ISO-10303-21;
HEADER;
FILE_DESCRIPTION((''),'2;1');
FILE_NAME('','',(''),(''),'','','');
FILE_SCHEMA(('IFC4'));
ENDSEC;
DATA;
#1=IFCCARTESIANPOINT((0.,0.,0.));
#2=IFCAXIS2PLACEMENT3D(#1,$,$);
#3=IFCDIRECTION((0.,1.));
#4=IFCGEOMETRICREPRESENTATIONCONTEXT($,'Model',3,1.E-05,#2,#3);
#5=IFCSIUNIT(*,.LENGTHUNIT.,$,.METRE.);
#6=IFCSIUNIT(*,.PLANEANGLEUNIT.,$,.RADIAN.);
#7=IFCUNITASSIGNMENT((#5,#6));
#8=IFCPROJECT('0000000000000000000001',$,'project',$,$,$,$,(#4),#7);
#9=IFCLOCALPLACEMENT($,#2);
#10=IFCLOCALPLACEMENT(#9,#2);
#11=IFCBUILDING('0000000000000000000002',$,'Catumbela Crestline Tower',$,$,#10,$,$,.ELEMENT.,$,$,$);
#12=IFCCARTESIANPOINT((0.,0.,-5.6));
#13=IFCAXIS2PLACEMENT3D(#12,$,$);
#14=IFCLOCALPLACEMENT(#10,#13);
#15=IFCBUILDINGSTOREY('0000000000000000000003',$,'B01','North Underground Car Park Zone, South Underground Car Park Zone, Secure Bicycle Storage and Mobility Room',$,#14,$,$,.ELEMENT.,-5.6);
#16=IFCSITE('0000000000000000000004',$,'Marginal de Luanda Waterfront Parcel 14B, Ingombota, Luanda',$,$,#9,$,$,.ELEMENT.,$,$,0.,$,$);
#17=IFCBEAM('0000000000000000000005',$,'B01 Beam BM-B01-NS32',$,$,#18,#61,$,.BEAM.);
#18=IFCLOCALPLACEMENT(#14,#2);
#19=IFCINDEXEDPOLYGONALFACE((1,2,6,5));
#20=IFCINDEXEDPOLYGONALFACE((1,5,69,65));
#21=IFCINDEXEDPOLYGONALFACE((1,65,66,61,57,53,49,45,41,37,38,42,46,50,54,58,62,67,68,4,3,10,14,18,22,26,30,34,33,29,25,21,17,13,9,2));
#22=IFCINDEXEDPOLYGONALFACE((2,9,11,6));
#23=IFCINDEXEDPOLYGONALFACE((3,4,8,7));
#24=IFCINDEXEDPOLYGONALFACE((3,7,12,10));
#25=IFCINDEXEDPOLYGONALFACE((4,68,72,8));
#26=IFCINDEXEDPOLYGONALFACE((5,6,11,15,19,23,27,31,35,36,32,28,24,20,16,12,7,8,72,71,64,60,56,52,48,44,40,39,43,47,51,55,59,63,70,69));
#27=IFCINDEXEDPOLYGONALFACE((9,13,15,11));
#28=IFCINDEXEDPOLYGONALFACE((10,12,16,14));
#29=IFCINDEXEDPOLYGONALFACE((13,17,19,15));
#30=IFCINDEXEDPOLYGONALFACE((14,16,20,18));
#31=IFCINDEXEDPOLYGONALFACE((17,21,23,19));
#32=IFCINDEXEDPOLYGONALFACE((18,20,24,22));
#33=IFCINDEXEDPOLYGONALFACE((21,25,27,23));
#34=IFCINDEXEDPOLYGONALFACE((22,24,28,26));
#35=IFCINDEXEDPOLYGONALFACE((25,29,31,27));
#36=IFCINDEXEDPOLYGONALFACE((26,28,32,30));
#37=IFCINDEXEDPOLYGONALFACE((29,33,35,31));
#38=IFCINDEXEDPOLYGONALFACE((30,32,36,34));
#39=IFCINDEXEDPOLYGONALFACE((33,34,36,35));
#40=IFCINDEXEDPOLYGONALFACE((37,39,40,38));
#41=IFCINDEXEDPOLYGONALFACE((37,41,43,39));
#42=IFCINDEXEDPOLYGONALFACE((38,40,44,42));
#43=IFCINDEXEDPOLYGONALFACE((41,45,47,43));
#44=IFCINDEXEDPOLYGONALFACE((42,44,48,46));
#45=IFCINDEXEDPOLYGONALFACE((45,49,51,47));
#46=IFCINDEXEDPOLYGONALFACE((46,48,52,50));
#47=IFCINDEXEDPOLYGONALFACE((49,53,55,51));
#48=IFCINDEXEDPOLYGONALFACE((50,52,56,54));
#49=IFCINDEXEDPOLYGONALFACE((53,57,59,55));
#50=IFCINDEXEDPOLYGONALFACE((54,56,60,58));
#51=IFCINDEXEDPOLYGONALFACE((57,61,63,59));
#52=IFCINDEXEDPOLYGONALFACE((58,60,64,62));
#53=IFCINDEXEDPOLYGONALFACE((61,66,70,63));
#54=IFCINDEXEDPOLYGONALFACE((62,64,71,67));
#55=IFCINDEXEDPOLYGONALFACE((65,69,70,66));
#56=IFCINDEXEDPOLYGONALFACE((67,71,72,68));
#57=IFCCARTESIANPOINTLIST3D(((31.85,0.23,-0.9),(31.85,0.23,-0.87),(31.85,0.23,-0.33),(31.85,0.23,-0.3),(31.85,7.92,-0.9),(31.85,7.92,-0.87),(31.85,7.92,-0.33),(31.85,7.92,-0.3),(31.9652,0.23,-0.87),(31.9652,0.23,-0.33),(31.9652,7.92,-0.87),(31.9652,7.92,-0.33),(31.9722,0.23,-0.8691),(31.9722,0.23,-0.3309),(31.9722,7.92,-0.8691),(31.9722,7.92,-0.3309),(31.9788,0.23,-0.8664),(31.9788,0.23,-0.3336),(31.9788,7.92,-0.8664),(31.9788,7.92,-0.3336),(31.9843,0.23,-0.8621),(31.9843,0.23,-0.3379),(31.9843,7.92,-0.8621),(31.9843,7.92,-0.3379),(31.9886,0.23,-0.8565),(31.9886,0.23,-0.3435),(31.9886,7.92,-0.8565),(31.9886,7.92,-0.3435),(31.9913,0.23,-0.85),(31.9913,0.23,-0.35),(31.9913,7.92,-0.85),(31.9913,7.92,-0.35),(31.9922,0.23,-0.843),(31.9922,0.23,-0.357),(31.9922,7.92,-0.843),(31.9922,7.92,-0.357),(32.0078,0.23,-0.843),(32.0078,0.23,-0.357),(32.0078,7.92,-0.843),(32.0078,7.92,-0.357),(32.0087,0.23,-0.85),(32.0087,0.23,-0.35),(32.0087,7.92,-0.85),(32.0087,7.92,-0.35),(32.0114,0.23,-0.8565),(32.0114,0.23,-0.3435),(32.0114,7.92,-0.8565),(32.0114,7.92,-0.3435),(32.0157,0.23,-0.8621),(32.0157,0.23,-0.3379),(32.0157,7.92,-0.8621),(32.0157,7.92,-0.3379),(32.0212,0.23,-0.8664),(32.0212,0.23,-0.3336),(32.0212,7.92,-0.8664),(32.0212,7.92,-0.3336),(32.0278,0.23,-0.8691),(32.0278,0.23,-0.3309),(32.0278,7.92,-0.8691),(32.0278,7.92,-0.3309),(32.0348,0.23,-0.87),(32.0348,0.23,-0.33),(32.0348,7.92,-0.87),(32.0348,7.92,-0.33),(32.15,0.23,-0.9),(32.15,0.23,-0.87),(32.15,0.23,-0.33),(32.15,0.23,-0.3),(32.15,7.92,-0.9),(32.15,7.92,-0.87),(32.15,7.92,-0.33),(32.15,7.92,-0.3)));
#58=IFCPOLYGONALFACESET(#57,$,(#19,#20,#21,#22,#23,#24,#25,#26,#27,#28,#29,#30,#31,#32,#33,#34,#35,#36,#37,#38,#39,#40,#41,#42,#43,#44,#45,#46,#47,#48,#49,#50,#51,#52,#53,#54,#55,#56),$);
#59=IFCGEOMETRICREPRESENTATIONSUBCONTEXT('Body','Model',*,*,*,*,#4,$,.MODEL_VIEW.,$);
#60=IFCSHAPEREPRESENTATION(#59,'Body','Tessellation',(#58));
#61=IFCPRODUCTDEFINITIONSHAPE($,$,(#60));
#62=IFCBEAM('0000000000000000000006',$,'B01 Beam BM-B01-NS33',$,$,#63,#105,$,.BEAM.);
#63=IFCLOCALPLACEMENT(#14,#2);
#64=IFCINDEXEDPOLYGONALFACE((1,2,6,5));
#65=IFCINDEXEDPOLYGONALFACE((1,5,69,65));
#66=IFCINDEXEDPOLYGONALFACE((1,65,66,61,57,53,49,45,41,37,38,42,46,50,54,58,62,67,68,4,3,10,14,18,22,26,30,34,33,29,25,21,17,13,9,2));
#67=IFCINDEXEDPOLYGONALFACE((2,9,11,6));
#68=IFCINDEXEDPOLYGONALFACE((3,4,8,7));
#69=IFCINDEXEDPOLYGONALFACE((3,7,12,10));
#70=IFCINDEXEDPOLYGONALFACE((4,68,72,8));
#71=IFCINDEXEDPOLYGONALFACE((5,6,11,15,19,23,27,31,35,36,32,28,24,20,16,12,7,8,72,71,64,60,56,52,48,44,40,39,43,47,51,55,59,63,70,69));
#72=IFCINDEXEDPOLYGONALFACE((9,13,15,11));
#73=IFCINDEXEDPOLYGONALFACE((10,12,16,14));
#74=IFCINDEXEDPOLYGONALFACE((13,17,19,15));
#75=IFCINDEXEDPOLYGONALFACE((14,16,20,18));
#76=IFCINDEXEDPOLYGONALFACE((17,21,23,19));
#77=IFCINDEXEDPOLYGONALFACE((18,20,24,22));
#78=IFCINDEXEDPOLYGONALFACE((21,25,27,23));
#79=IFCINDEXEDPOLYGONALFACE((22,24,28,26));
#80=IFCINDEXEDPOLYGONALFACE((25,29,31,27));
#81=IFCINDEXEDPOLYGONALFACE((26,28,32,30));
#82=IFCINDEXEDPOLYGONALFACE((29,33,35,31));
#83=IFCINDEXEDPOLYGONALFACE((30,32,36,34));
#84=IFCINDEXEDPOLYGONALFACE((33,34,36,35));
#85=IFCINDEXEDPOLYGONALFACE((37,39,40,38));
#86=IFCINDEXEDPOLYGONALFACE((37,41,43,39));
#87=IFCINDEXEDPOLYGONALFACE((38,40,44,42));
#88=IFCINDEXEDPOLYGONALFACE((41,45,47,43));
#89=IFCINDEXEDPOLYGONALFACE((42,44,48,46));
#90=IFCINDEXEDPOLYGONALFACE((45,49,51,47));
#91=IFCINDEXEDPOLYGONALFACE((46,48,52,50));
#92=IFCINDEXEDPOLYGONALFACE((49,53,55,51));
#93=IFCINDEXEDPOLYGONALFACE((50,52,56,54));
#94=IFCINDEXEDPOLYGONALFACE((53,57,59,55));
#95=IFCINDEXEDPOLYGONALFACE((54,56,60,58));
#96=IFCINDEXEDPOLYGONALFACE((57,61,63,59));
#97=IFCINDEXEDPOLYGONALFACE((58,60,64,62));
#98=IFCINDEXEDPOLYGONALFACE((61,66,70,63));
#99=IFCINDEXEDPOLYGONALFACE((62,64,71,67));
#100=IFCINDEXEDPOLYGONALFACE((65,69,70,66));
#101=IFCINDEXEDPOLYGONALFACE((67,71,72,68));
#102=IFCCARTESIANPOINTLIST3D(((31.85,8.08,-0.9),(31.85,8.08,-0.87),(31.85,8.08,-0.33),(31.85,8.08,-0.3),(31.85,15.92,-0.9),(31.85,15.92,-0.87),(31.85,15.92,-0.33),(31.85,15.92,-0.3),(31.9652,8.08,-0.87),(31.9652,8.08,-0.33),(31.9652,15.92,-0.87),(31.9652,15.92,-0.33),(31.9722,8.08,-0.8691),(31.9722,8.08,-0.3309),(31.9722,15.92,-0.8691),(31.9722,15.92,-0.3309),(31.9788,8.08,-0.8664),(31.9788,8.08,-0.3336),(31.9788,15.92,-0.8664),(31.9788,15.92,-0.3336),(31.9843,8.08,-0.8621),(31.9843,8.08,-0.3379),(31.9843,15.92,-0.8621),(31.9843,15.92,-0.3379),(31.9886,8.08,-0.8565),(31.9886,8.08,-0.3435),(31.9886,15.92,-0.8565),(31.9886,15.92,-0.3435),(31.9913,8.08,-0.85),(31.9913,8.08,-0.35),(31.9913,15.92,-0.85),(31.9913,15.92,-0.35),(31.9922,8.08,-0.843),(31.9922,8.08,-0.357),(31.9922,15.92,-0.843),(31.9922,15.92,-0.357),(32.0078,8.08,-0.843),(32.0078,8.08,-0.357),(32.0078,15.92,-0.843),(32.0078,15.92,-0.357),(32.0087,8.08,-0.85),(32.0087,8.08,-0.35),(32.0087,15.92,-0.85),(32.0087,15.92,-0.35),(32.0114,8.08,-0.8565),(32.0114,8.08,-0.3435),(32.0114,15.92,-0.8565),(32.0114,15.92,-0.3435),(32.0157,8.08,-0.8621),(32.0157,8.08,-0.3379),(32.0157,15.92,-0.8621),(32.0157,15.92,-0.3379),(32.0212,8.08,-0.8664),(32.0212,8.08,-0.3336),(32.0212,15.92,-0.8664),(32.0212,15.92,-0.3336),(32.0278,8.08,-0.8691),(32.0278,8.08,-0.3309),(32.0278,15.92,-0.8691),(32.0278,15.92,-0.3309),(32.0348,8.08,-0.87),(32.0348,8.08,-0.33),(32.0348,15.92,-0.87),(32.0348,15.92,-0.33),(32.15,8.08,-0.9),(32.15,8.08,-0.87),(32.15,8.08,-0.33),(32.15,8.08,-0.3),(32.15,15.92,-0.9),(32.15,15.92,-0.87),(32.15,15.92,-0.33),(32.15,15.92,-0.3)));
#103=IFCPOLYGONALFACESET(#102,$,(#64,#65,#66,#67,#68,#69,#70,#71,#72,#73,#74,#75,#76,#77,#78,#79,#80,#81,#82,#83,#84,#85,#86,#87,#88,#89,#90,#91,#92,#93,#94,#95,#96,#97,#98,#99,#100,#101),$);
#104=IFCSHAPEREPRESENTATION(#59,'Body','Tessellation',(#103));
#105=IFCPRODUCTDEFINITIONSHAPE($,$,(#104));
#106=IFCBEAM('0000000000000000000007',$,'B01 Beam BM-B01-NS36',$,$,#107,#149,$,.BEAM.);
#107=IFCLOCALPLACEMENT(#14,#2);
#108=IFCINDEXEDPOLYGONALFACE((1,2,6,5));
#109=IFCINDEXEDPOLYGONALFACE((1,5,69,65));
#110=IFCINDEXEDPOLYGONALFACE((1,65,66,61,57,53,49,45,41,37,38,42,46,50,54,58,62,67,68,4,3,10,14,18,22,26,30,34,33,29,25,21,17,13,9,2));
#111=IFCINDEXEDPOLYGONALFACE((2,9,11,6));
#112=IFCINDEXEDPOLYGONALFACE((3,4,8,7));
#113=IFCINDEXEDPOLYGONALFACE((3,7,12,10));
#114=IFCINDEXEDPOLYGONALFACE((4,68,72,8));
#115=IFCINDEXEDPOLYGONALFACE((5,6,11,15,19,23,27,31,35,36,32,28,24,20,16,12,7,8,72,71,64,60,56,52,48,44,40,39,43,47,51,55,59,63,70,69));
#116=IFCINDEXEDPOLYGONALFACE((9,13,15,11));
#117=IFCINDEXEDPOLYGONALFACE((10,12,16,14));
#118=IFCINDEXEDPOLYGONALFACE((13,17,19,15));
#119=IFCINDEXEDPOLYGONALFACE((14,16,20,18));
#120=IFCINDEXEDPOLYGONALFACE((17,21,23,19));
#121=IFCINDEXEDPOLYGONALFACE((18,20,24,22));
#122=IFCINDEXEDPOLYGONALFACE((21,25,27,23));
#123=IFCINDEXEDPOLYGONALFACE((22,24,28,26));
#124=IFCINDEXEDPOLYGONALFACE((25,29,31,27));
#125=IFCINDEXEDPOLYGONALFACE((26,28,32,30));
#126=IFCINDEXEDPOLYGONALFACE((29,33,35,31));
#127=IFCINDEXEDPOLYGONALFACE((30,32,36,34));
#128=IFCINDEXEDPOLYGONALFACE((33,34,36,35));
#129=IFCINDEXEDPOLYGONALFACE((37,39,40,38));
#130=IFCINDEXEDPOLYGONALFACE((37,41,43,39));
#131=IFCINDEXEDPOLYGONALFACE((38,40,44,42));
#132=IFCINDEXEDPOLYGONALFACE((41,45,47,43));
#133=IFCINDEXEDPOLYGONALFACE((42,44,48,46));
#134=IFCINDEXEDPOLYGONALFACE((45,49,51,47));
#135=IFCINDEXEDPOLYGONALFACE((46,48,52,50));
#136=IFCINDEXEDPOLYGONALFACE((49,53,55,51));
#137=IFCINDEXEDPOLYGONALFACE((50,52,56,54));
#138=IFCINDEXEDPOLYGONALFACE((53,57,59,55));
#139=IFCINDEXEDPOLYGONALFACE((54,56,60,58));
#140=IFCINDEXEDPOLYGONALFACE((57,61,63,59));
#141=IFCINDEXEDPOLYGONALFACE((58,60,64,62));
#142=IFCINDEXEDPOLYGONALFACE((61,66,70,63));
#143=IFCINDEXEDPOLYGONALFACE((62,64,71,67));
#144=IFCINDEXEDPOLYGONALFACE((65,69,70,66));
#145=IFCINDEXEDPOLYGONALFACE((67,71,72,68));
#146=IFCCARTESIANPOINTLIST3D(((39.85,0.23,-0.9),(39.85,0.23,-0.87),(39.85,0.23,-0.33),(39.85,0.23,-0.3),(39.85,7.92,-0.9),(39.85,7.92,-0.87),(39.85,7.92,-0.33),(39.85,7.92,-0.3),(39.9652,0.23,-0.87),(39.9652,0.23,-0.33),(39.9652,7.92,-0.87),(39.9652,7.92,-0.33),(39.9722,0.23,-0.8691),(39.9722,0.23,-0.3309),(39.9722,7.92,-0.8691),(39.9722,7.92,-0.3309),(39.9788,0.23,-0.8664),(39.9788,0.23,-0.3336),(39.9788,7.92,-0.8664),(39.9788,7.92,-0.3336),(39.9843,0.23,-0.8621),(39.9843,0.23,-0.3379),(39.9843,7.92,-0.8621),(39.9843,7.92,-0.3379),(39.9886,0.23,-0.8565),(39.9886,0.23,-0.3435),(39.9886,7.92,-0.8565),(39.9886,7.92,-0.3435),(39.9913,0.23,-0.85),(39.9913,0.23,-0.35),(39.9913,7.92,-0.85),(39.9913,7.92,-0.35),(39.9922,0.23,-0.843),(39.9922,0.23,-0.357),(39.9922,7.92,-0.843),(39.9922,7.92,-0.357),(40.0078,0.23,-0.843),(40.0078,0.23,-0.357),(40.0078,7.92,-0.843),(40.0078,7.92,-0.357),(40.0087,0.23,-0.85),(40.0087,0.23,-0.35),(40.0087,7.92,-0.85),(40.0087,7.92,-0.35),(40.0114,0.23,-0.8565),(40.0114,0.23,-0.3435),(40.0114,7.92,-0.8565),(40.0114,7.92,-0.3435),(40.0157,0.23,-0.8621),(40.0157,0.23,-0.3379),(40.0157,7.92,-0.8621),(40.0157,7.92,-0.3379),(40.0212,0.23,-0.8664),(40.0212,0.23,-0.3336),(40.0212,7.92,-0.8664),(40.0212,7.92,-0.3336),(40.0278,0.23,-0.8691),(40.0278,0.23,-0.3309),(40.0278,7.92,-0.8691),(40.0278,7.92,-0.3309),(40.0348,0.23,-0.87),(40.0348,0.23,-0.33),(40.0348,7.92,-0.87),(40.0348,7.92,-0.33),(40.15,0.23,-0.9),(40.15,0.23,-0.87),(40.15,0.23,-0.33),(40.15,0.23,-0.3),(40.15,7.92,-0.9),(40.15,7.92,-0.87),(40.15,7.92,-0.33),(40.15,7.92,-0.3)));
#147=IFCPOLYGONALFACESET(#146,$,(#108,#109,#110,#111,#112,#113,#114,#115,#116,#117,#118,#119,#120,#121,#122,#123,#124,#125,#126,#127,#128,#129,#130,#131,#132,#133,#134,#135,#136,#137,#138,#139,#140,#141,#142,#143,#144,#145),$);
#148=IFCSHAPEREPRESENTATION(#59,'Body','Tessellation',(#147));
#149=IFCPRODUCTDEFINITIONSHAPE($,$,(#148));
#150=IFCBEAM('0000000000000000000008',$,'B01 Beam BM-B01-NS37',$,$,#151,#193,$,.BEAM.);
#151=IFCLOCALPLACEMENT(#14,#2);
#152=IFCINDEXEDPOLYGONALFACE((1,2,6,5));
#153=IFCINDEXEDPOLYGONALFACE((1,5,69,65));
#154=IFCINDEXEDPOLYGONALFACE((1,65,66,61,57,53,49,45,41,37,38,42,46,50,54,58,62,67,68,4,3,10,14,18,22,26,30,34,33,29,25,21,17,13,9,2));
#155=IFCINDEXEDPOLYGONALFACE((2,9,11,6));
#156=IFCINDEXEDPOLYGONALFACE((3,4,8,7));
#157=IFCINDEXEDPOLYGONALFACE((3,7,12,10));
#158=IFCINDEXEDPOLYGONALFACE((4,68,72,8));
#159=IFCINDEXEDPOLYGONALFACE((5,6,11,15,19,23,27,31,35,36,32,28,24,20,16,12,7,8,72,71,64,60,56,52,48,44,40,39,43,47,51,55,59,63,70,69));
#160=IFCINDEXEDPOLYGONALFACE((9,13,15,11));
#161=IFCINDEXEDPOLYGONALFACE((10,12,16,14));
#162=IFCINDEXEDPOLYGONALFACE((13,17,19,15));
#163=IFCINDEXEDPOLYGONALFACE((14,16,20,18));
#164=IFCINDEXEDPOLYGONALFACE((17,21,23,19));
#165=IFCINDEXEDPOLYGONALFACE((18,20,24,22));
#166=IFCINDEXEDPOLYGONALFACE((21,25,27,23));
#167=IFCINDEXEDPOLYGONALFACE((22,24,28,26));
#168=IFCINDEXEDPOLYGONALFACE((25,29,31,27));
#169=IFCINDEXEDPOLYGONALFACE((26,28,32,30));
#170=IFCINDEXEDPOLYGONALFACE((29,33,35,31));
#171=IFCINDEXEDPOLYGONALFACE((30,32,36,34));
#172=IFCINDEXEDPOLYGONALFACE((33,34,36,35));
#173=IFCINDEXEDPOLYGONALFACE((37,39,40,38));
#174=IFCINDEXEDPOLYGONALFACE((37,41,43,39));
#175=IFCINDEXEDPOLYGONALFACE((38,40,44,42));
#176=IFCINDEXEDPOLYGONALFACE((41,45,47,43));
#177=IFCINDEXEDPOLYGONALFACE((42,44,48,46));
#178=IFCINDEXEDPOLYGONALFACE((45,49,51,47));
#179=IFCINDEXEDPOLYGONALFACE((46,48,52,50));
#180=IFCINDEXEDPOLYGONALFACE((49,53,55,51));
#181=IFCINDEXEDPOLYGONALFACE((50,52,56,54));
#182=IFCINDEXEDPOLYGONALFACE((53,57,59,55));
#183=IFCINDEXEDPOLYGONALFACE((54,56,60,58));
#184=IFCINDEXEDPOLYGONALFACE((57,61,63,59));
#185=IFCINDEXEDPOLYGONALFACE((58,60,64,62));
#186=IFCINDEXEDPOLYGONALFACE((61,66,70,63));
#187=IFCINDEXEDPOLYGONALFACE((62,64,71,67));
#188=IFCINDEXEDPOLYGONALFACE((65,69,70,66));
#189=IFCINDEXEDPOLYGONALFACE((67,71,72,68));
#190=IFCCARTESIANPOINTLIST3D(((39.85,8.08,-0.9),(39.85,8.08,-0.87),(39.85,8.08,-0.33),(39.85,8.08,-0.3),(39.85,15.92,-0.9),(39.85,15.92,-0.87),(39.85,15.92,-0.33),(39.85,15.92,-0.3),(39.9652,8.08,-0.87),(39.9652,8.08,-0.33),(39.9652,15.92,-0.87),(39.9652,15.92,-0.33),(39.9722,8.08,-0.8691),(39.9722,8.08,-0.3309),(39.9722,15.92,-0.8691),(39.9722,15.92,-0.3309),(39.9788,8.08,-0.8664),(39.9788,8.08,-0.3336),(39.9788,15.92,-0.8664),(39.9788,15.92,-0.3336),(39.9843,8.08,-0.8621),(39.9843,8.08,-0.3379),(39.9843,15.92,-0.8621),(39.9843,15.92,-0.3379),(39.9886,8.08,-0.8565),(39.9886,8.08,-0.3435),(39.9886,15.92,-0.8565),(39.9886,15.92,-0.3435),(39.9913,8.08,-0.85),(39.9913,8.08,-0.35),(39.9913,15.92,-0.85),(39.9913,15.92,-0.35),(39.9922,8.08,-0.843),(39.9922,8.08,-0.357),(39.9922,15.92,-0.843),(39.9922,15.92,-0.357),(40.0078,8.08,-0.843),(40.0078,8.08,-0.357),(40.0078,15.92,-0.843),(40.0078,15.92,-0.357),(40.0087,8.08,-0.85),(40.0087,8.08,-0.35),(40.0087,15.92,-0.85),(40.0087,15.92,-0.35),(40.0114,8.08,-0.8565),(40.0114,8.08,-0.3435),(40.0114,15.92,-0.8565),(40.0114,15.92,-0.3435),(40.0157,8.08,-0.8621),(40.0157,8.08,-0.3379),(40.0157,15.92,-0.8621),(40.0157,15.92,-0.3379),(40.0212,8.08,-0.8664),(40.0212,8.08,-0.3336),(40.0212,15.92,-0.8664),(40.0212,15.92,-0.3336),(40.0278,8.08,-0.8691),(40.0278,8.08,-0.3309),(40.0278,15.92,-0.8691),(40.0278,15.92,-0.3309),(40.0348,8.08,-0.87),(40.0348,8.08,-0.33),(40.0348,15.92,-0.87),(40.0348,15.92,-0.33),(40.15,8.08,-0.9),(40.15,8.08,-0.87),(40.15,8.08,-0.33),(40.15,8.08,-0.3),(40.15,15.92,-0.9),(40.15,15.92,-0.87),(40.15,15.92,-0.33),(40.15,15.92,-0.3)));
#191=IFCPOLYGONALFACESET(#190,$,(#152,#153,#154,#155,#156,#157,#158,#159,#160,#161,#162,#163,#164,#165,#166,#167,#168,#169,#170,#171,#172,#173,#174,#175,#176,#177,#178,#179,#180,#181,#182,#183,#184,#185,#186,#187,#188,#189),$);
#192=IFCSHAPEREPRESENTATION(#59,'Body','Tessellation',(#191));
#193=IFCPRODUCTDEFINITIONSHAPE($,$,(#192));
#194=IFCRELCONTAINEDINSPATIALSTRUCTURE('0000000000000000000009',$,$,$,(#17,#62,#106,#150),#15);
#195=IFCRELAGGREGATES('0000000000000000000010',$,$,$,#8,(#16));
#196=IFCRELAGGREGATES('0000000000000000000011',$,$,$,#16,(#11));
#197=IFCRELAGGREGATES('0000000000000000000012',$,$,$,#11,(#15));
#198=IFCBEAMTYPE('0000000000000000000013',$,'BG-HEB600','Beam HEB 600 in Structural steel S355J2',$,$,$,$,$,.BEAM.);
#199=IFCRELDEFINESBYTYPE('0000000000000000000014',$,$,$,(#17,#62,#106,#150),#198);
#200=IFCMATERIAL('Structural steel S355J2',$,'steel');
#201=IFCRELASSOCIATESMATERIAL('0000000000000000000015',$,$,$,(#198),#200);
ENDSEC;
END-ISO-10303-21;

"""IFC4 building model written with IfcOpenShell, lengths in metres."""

from ifc_helpers import new_model, si_unit, direction, frame, origin, origin_2d, place, context, subcontext, project, spatial, i_section, extrude, material, material_profile, profile_set, type_object, element, save


model = new_model("IFC4")

# Units and contexts
model_context = context("Model", 3, precision=1e-05, world=origin(), true_north=direction((0.0, 1.0)))
body_context = subcontext(model_context, "Body", "Model", "MODEL_VIEW")
ifc_project = project(units=[si_unit("LENGTHUNIT", "METRE"), si_unit("PLANEANGLEUNIT", "RADIAN")], contexts=[model_context])

# Site, building, storey
site_placement = place(None, origin())
site = spatial("IfcSite", under=ifc_project, at=site_placement, Name="Marginal de Luanda Waterfront Parcel 14B, Ingombota, Luanda", CompositionType="ELEMENT", RefElevation=0.0)
building_placement = place(site_placement, origin())
building = spatial("IfcBuilding", under=site, at=building_placement, Name="Catumbela Crestline Tower", CompositionType="ELEMENT")
storey_placement = place(building_placement, frame((0.0, 0.0, -5.6)))
storey = spatial("IfcBuildingStorey", under=building, at=storey_placement, Name="B01", Description="North Underground Car Park Zone, South Underground Car Park Zone, Secure Bicycle Storage and Mobility Room", CompositionType="ELEMENT", Elevation=-5.6)

# Beams
ifc_material_1 = material(Name="Structural steel S355J2", Category="steel")
ifc_material_profile_1 = material_profile(ifc_material_1, i_section(OverallWidth=0.3, OverallDepth=0.6, WebThickness=0.0155, FlangeThickness=0.03, FilletRadius=0.027, at=origin_2d()), Name="HEB 600")
ifc_profile_set_1 = profile_set([ifc_material_profile_1], Name="Structural steel S355J2")
beam_type_1 = type_object("IfcBeamType", Name="BG-HEB600", Description="Beam HEB 600 in Structural steel S355J2", PredefinedType="BEAM", material=ifc_profile_set_1)
beam_1_placement = place(storey_placement, frame((32.0, 0.23, -0.6), z_axis=(0.0, 1.0, 0.0), x_axis=(-1.0, 0.0, 0.0)))
element("IfcBeam", 1, at=beam_1_placement, inside=storey, type_object=beam_type_1, Name="B01 Beam BM-B01-NS32", PredefinedType="BEAM", context=body_context, shape_type="SweptSolid", body=[
    extrude(i_section(OverallWidth=0.3, OverallDepth=0.6, WebThickness=0.0155, FlangeThickness=0.03, FilletRadius=0.027, at=origin_2d()), origin(), (0.0, 0.0, 1.0), 7.69),
])
beam_2_placement = place(storey_placement, frame((32.0, 8.08, -0.6), z_axis=(0.0, 1.0, 0.0), x_axis=(-1.0, 0.0, 0.0)))
element("IfcBeam", 2, at=beam_2_placement, inside=storey, type_object=beam_type_1, Name="B01 Beam BM-B01-NS33", PredefinedType="BEAM", context=body_context, shape_type="SweptSolid", body=[
    extrude(i_section(OverallWidth=0.3, OverallDepth=0.6, WebThickness=0.0155, FlangeThickness=0.03, FilletRadius=0.027, at=origin_2d()), origin(), (0.0, 0.0, 1.0), 7.84),
])
beam_3_placement = place(storey_placement, frame((40.0, 0.23, -0.6), z_axis=(0.0, 1.0, 0.0), x_axis=(-1.0, 0.0, 0.0)))
element("IfcBeam", 3, at=beam_3_placement, inside=storey, type_object=beam_type_1, Name="B01 Beam BM-B01-NS36", PredefinedType="BEAM", context=body_context, shape_type="SweptSolid", body=[
    extrude(i_section(OverallWidth=0.3, OverallDepth=0.6, WebThickness=0.0155, FlangeThickness=0.03, FilletRadius=0.027, at=origin_2d()), origin(), (0.0, 0.0, 1.0), 7.69),
])
beam_4_placement = place(storey_placement, frame((40.0, 8.08, -0.6), z_axis=(0.0, 1.0, 0.0), x_axis=(-1.0, 0.0, 0.0)))
element("IfcBeam", 4, at=beam_4_placement, inside=storey, type_object=beam_type_1, Name="B01 Beam BM-B01-NS37", PredefinedType="BEAM", context=body_context, shape_type="SweptSolid", body=[
    extrude(i_section(OverallWidth=0.3, OverallDepth=0.6, WebThickness=0.0155, FlangeThickness=0.03, FilletRadius=0.027, at=origin_2d()), origin(), (0.0, 0.0, 1.0), 7.84),
])

save(model, "model.ifc")
